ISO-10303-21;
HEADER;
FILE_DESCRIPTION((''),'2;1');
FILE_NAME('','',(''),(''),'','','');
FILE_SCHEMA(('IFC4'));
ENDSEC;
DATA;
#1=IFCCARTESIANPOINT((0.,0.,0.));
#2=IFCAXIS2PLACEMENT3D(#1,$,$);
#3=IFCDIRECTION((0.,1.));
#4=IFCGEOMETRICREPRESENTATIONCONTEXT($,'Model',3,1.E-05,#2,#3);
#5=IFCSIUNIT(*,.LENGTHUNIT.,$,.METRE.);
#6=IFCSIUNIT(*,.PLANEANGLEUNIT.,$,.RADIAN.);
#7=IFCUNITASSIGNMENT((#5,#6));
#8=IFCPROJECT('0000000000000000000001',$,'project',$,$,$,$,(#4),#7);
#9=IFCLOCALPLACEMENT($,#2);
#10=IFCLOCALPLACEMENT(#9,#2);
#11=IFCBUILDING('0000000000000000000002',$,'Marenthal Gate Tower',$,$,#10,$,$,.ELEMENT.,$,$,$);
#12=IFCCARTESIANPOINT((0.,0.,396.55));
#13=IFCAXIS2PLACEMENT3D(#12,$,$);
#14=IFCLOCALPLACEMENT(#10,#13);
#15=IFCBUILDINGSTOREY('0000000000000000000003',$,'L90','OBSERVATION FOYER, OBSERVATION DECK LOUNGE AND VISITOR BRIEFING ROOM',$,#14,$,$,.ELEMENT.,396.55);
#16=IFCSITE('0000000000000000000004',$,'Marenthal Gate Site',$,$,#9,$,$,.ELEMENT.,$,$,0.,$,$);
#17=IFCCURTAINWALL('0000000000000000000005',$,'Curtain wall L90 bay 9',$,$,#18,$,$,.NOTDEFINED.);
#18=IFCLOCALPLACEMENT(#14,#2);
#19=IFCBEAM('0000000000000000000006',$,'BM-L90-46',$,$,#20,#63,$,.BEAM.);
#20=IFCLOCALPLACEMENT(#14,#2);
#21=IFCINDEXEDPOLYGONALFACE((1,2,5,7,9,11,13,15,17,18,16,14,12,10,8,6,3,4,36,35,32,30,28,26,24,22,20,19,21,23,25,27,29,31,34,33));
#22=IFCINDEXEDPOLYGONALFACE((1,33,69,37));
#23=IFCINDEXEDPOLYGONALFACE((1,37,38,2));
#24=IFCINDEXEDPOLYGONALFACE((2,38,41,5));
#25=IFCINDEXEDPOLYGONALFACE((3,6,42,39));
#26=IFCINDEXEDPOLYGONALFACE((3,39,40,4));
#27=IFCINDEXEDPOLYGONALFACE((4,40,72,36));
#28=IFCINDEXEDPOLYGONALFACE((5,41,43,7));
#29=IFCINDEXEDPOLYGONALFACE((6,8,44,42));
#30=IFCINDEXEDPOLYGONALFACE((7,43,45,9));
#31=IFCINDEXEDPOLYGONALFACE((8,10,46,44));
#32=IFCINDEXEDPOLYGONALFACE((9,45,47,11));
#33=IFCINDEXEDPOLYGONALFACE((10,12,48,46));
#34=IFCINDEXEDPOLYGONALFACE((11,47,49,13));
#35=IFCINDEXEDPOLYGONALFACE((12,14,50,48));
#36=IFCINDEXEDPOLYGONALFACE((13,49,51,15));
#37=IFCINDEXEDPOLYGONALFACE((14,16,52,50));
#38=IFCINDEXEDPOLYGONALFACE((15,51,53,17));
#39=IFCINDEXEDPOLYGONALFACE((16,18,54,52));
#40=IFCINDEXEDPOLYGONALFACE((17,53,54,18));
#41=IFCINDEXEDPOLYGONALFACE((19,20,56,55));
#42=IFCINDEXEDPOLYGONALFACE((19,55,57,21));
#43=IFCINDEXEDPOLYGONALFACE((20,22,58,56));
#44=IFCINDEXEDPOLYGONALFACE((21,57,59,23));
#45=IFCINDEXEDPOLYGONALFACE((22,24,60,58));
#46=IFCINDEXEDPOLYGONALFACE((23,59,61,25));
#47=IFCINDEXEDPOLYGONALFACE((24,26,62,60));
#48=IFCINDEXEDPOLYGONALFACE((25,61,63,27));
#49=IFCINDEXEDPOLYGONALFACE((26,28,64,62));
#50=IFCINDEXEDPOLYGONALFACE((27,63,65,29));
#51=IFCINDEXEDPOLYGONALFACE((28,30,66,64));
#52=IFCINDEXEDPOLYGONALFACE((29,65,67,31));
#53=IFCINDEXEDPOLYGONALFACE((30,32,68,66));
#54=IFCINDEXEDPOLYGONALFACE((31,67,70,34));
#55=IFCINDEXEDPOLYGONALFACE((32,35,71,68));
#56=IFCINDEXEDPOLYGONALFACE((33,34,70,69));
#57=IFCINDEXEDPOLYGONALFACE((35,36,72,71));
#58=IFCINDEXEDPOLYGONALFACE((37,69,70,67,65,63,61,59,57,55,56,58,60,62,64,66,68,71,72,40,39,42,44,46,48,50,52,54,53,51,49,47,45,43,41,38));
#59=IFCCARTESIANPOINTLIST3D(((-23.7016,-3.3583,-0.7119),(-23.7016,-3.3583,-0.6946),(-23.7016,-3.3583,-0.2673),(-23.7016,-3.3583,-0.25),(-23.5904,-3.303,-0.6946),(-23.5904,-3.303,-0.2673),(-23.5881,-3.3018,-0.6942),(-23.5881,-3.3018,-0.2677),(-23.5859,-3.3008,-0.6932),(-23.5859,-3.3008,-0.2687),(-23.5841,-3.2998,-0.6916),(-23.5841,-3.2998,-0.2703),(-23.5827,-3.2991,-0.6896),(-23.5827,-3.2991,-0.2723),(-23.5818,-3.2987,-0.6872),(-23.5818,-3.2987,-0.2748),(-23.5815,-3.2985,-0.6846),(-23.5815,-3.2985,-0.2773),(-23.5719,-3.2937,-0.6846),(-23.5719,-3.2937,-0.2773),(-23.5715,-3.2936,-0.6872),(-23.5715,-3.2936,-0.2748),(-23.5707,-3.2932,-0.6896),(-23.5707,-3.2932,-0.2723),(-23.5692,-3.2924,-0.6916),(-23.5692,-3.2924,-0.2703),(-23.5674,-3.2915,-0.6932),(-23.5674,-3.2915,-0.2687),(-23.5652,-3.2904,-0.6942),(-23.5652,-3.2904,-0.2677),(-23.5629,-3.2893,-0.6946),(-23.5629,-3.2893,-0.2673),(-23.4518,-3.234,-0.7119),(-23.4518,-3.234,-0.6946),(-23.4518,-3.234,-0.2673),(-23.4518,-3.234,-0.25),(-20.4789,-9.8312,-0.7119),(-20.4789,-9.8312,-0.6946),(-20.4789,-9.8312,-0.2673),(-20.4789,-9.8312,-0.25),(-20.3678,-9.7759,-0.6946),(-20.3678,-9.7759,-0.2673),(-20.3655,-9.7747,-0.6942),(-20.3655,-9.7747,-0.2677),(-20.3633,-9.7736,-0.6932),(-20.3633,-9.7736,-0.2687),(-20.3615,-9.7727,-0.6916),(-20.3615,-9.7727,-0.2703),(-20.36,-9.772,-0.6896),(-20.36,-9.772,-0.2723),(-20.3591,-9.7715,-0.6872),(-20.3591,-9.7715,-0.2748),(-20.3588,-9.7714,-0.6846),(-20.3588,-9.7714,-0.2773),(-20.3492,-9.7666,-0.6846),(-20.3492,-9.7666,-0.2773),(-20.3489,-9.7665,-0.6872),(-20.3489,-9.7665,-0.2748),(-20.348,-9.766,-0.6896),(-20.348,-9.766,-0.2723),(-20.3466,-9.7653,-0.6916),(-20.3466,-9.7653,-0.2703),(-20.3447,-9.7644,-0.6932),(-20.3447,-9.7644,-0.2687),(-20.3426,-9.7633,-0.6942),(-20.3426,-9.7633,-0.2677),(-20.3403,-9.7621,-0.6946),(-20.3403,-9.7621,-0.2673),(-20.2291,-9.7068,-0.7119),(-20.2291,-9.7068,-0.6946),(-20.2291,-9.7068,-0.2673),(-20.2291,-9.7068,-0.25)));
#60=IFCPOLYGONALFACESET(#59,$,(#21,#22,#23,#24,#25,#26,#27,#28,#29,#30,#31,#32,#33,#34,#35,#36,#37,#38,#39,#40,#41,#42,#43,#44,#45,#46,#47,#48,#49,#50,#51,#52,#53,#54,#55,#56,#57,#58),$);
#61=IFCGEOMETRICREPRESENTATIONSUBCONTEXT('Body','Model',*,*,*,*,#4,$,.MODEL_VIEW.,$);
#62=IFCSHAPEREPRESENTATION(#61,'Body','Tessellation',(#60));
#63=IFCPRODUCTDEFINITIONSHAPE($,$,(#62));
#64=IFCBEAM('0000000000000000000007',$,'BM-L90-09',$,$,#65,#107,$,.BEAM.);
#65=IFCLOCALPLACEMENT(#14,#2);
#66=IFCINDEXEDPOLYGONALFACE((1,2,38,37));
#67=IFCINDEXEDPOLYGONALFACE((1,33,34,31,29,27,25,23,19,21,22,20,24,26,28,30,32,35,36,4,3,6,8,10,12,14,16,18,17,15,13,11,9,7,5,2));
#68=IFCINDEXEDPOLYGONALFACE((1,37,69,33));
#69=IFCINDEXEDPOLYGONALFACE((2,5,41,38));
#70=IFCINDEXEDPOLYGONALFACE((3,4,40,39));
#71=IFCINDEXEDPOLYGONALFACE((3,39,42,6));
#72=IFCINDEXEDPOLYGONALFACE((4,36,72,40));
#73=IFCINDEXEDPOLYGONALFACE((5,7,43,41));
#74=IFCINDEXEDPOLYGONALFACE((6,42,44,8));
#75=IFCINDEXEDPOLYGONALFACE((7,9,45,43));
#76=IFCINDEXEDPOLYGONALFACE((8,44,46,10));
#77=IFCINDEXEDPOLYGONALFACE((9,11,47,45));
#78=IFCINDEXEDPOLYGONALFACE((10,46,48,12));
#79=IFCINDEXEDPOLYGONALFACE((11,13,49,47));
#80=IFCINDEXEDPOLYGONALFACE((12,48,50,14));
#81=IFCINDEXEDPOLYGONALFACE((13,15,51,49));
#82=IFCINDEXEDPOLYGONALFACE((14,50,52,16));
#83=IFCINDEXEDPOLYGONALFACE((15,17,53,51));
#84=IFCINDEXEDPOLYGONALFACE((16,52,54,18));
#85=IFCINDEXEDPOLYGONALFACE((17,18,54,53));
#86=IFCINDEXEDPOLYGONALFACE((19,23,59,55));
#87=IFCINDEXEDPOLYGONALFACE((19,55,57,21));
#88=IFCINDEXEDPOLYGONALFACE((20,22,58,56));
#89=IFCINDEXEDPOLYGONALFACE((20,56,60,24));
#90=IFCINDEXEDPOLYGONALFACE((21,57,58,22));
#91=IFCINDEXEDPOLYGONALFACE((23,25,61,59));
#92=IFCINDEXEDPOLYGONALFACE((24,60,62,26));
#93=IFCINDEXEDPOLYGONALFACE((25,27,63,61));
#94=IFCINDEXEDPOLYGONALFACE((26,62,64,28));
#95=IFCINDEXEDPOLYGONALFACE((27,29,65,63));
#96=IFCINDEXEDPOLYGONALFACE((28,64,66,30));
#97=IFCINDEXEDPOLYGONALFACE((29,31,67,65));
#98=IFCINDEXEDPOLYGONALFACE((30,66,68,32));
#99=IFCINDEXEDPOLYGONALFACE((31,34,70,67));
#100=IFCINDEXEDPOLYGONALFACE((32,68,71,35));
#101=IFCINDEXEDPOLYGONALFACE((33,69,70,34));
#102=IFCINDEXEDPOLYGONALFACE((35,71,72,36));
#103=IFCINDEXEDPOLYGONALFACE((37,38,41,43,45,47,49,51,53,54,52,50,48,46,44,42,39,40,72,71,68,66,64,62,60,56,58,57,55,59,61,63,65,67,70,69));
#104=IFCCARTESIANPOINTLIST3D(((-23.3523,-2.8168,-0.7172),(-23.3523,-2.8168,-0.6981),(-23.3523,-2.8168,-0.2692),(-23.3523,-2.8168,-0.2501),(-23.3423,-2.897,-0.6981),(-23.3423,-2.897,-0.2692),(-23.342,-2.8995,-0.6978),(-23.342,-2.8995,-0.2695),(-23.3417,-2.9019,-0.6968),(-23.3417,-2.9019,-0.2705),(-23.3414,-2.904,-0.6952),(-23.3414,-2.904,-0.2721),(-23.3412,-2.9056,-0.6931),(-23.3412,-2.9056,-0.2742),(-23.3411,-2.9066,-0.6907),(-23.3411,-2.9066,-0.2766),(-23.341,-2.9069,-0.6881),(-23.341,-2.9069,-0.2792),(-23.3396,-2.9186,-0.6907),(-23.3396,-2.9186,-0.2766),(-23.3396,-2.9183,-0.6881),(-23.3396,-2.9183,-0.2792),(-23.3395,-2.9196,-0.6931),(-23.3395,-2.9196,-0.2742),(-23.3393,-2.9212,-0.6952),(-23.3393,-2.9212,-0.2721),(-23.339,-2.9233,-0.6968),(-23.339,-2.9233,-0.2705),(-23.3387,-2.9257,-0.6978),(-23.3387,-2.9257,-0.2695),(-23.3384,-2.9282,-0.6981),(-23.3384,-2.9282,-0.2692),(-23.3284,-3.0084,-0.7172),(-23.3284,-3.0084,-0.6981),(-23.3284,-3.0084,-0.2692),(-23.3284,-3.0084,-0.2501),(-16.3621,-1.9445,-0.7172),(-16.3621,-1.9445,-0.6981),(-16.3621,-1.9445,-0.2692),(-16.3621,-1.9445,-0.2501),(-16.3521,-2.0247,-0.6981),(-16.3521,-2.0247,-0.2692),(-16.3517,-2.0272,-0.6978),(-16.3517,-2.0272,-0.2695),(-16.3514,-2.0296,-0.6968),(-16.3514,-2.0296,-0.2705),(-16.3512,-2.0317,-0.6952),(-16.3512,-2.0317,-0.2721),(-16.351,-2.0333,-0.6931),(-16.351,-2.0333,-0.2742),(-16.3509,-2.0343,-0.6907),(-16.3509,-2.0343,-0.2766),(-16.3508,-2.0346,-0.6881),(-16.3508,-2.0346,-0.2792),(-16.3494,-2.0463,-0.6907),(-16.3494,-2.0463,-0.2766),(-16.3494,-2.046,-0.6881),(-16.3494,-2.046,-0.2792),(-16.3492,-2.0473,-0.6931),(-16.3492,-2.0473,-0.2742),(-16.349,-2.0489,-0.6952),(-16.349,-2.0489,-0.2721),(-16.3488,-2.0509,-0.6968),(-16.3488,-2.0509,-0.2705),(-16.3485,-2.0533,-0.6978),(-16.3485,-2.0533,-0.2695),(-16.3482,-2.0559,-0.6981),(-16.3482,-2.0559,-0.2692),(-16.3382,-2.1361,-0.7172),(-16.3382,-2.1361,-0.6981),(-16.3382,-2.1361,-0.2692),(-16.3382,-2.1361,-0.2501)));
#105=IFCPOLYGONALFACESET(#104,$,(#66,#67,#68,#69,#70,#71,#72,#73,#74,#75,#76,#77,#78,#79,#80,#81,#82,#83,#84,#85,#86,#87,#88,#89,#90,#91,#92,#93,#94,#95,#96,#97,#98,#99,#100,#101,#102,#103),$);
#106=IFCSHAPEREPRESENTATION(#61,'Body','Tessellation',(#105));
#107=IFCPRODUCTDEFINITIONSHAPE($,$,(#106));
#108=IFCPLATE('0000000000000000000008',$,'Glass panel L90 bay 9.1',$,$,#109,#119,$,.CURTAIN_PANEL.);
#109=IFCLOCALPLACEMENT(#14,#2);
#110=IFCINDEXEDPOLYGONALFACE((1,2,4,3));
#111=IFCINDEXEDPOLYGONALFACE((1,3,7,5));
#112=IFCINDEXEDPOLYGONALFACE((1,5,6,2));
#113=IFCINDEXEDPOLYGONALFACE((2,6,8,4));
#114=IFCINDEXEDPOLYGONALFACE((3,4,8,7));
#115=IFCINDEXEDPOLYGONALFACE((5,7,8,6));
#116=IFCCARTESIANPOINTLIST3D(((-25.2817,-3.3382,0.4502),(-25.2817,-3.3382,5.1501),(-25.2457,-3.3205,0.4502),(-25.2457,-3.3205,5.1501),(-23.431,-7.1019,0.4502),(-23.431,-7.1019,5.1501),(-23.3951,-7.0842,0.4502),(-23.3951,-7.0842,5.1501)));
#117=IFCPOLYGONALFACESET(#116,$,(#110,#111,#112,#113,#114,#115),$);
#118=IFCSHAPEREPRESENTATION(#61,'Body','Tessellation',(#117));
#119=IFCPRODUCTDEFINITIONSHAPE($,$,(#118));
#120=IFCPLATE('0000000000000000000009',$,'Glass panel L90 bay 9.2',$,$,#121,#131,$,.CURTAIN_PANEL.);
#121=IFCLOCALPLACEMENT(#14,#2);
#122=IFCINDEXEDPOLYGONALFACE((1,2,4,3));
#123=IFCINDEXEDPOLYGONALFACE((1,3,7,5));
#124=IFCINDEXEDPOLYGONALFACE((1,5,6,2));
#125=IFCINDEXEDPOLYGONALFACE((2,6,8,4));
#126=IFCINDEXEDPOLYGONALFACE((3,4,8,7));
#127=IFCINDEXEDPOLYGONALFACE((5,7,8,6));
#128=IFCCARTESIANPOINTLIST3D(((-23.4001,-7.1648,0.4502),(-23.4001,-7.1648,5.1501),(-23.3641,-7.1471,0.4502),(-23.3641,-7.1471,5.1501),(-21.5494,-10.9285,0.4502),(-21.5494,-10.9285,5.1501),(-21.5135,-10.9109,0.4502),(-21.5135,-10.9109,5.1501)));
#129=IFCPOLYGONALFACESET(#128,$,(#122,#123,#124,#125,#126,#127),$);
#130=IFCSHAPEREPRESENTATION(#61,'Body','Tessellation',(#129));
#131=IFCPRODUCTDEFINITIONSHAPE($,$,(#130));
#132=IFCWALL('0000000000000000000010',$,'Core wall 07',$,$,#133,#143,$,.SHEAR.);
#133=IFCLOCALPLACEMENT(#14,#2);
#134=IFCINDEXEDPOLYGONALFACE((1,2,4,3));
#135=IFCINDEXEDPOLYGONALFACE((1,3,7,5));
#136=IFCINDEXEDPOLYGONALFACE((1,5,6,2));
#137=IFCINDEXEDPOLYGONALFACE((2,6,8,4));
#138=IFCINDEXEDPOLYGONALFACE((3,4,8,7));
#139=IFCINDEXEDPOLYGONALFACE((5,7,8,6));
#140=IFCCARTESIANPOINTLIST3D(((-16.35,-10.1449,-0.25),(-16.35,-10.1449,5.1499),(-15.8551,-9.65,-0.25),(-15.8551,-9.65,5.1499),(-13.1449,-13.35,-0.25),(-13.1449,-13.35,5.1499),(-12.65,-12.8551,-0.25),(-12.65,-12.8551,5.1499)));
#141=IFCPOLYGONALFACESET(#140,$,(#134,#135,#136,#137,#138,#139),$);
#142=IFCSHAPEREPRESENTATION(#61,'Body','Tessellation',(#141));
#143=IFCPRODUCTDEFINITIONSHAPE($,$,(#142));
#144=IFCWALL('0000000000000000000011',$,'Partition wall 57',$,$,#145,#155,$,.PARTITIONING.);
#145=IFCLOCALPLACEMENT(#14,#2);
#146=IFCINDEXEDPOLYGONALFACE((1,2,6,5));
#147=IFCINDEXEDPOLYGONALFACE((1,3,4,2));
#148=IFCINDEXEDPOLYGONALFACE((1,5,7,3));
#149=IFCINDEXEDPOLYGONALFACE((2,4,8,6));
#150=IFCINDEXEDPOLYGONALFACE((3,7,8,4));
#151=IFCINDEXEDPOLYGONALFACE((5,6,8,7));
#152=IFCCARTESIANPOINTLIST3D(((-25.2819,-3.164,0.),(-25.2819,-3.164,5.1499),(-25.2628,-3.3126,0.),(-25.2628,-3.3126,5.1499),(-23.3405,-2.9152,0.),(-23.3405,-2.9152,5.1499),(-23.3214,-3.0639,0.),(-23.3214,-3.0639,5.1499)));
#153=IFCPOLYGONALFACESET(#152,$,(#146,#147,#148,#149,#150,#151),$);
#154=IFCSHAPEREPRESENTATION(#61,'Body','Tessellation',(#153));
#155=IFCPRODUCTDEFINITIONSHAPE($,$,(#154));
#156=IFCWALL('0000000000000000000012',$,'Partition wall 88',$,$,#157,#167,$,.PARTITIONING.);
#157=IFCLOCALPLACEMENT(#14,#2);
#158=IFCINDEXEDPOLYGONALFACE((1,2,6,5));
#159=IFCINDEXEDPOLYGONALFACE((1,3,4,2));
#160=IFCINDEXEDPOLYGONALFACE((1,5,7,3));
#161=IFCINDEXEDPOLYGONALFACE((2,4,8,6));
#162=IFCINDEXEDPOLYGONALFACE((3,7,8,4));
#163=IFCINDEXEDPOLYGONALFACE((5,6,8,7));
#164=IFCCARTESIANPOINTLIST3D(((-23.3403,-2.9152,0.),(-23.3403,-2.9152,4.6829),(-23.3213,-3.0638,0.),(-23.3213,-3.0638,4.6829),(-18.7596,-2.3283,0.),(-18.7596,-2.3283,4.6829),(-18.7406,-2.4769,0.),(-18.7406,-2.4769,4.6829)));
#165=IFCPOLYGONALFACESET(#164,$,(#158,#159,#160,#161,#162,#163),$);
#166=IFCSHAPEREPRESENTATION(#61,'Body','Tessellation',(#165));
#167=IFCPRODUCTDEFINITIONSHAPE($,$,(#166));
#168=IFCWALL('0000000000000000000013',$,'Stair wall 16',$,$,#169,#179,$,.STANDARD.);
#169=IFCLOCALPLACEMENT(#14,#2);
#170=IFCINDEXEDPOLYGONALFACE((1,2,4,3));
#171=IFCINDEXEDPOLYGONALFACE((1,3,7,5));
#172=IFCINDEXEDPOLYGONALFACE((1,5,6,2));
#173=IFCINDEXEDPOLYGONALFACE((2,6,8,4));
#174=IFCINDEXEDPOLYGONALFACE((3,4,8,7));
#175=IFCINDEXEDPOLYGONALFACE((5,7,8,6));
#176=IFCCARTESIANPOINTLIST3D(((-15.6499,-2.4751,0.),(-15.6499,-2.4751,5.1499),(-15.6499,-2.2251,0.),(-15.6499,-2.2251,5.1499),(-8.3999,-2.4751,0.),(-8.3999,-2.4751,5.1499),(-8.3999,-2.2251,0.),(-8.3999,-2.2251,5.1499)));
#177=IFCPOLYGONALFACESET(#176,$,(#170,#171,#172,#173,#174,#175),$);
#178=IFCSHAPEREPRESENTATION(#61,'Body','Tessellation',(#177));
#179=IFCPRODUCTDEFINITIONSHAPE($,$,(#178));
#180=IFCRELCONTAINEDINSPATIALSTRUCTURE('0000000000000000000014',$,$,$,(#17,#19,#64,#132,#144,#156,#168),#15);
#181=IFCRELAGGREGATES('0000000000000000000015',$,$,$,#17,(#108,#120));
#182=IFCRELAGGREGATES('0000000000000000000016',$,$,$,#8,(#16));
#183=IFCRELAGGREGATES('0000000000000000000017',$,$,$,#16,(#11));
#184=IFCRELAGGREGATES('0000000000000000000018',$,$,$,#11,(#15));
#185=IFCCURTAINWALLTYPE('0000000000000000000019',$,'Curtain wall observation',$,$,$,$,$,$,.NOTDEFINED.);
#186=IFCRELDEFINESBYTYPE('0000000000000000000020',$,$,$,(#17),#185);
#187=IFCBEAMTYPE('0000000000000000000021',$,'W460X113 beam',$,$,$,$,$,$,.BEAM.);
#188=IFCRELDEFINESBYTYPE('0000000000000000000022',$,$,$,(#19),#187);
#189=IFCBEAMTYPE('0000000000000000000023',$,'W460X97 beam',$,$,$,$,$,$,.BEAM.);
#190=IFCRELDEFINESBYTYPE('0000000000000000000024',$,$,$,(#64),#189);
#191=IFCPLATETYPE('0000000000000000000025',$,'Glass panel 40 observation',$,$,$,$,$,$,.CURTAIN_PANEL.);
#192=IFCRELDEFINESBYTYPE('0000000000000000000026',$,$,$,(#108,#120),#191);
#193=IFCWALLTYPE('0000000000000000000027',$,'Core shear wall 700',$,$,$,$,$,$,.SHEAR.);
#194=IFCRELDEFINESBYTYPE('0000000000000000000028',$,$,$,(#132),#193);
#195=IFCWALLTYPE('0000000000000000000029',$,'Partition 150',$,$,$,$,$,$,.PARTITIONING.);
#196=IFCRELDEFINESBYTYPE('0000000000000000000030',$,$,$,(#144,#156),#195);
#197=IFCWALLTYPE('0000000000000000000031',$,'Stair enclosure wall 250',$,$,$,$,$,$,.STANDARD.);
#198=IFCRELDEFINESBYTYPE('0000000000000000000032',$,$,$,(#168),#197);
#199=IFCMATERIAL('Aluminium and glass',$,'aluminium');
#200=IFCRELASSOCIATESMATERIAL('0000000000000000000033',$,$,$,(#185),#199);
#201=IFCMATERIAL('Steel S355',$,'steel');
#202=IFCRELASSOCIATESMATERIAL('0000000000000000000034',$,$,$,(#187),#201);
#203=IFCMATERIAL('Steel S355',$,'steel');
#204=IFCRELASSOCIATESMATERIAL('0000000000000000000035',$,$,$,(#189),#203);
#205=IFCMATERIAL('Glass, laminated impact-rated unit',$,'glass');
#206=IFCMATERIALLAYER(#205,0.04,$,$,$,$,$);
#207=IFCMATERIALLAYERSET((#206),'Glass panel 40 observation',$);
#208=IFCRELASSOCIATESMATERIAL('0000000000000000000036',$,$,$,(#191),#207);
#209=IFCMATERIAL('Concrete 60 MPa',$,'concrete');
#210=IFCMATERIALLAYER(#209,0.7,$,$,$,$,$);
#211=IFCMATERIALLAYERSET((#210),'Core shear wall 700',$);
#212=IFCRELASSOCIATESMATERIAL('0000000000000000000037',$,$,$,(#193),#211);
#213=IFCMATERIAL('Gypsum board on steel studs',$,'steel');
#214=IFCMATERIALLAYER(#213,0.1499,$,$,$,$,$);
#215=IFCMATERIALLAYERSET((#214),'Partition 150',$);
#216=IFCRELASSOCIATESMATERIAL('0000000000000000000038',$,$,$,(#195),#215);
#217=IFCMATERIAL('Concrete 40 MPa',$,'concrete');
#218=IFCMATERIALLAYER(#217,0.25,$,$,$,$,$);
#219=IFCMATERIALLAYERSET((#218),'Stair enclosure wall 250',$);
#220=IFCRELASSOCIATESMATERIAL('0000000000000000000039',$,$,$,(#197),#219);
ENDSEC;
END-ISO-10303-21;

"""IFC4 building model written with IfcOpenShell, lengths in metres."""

from ifc_helpers import new_model, si_unit, direction, frame, frame_2d, origin, origin_2d, place, context, subcontext, project, spatial, rectangle, i_section, extrude, material, layer, layer_set, material_profile, profile_set, type_object, element, aggregate, save


model = new_model("IFC4")

# Units and contexts
model_context = context("Model", 3, precision=1e-05, world=origin(), true_north=direction((0.0, 1.0)))
body_context = subcontext(model_context, "Body", "Model", "MODEL_VIEW")
ifc_project = project(units=[si_unit("LENGTHUNIT", "METRE"), si_unit("PLANEANGLEUNIT", "RADIAN")], contexts=[model_context])

# Site, building, storey
site_placement = place(None, origin())
site = spatial("IfcSite", under=ifc_project, at=site_placement, Name="Marenthal Gate Site", CompositionType="ELEMENT", RefElevation=0.0)
building_placement = place(site_placement, origin())
building = spatial("IfcBuilding", under=site, at=building_placement, Name="Marenthal Gate Tower", CompositionType="ELEMENT")
storey_placement = place(building_placement, frame((0.0, 0.0, 396.55)))
storey = spatial("IfcBuildingStorey", under=building, at=storey_placement, Name="L90", Description="OBSERVATION FOYER, OBSERVATION DECK LOUNGE AND VISITOR BRIEFING ROOM", CompositionType="ELEMENT", Elevation=396.55)

# Shared definitions
ifc_material_1 = material(Name="Aluminium and glass", Category="aluminium")
curtain_wall_type = type_object("IfcCurtainWallType", Name="Curtain wall observation", PredefinedType="NOTDEFINED", material=ifc_material_1)

# Curtain wall
curtain_wall_1_placement = place(storey_placement, origin())
curtain_wall_1 = element("IfcCurtainWall", 1, at=curtain_wall_1_placement, inside=storey, type_object=curtain_wall_type, Name="Curtain wall L90 bay 9", PredefinedType="NOTDEFINED")

# Beams
ifc_material_2 = material(Name="Steel S355", Category="steel")
ifc_material_profile_1 = material_profile(ifc_material_2, i_section(OverallWidth=0.2791, OverallDepth=0.4619, WebThickness=0.0107, FlangeThickness=0.0173, FilletRadius=0.01, at=origin_2d()), Name="W460X113")
ifc_profile_set_1 = profile_set([ifc_material_profile_1], Name="Steel S355")
beam_type_1 = type_object("IfcBeamType", Name="W460X113 beam", PredefinedType="BEAM", material=ifc_profile_set_1)
beam_1_placement = place(storey_placement, frame((-23.5767, -3.2961, -0.481), z_axis=(0.445687, -0.895189, 0.0), x_axis=(0.895189, 0.445687, 0.0)))
element("IfcBeam", 2, at=beam_1_placement, inside=storey, type_object=beam_type_1, Name="BM-L90-46", PredefinedType="BEAM", context=body_context, shape_type="SweptSolid", body=[
    extrude(i_section(OverallWidth=0.2791, OverallDepth=0.4619, WebThickness=0.0107, FlangeThickness=0.0173, FilletRadius=0.01, at=origin_2d()), origin(), (0.0, 0.0, 1.0), 7.2307),
])
ifc_material_3 = material(Name="Steel S355", Category="steel")
ifc_material_profile_2 = material_profile(ifc_material_3, i_section(OverallWidth=0.1931, OverallDepth=0.467, WebThickness=0.0115, FlangeThickness=0.019, FilletRadius=0.01, at=origin_2d()), Name="W460X97")
ifc_profile_set_2 = profile_set([ifc_material_profile_2], Name="Steel S355")
beam_type_2 = type_object("IfcBeamType", Name="W460X97 beam", PredefinedType="BEAM", material=ifc_profile_set_2)
beam_2_placement = place(storey_placement, frame((-23.3403, -2.9126, -0.4836), z_axis=(0.992303, 0.12383, 0.0), x_axis=(-0.12383, 0.992303, 0.0)))
element("IfcBeam", 3, at=beam_2_placement, inside=storey, type_object=beam_type_2, Name="BM-L90-09", PredefinedType="BEAM", context=body_context, shape_type="SweptSolid", body=[
    extrude(i_section(OverallWidth=0.1931, OverallDepth=0.467, WebThickness=0.0115, FlangeThickness=0.019, FilletRadius=0.01, at=origin_2d()), origin(), (0.0, 0.0, 1.0), 7.0444),
])

# Plates
ifc_material_4 = material(Name="Glass, laminated impact-rated unit", Category="glass")
ifc_layer_1 = layer(ifc_material_4, 0.04)
ifc_layer_set_1 = layer_set([ifc_layer_1], Name="Glass panel 40 observation")
plate_type = type_object("IfcPlateType", Name="Glass panel 40 observation", PredefinedType="CURTAIN_PANEL", material=ifc_layer_set_1)
plate_1_placement = place(storey_placement, frame((-24.3384, -5.2112, 0.4502), z_axis=(0.0, 0.0, 1.0), x_axis=(0.441247, -0.897386, 0.0)))
plate_1 = element("IfcPlate", 4, at=plate_1_placement, type_object=plate_type, Name="Glass panel L90 bay 9.1", PredefinedType="CURTAIN_PANEL", context=body_context, shape_type="SweptSolid", body=[
    extrude(rectangle(XDim=4.1941, YDim=0.04, at=origin_2d()), origin(), (0.0, 0.0, 1.0), 4.7),
])
plate_2_placement = place(storey_placement, frame((-22.4568, -9.0378, 0.4502), z_axis=(0.0, 0.0, 1.0), x_axis=(0.441247, -0.897386, 0.0)))
plate_2 = element("IfcPlate", 5, at=plate_2_placement, type_object=plate_type, Name="Glass panel L90 bay 9.2", PredefinedType="CURTAIN_PANEL", context=body_context, shape_type="SweptSolid", body=[
    extrude(rectangle(XDim=4.1941, YDim=0.04, at=origin_2d()), origin(), (0.0, 0.0, 1.0), 4.7),
])
aggregate(curtain_wall_1, [plate_1, plate_2])

# Walls
ifc_material_5 = material(Name="Concrete 60 MPa", Category="concrete")
ifc_layer_2 = layer(ifc_material_5, 0.7)
ifc_layer_set_2 = layer_set([ifc_layer_2], Name="Core shear wall 700")
wall_type_1 = type_object("IfcWallType", Name="Core shear wall 700", PredefinedType="SHEAR", material=ifc_layer_set_2)
wall_1_placement = place(storey_placement, frame((-16.1025, -9.8975, -0.25), z_axis=(0.0, 0.0, 1.0), x_axis=(0.707107, -0.707107, 0.0)))
element("IfcWall", 6, at=wall_1_placement, inside=storey, type_object=wall_type_1, Name="Core wall 07", PredefinedType="SHEAR", context=body_context, shape_type="SweptSolid", body=[
    extrude(rectangle(XDim=4.5327, YDim=0.7, at=frame_2d((2.2664, 0.0))), origin(), (0.0, 0.0, 1.0), 5.3999),
])
ifc_material_6 = material(Name="Gypsum board on steel studs", Category="steel")
ifc_layer_3 = layer(ifc_material_6, 0.1499)
ifc_layer_set_3 = layer_set([ifc_layer_3], Name="Partition 150")
wall_type_2 = type_object("IfcWallType", Name="Partition 150", PredefinedType="PARTITIONING", material=ifc_layer_set_3)
wall_2_placement = place(storey_placement, frame((-25.2722, -3.2383, 0.0), z_axis=(0.0, 0.0, 1.0), x_axis=(0.991889, 0.127105, 0.0)))
element("IfcWall", 7, at=wall_2_placement, inside=storey, type_object=wall_type_2, Name="Partition wall 57", PredefinedType="PARTITIONING", context=body_context, shape_type="SweptSolid", body=[
    extrude(rectangle(XDim=1.9573, YDim=0.1499, at=frame_2d((0.9785, 0.0))), origin(), (0.0, 0.0, 1.0), 5.1499),
])
wall_3_placement = place(storey_placement, frame((-23.3308, -2.9895, 0.0), z_axis=(0.0, 0.0, 1.0), x_axis=(0.991892, 0.127086, 0.0)))
element("IfcWall", 8, at=wall_3_placement, inside=storey, type_object=wall_type_2, Name="Partition wall 88", PredefinedType="PARTITIONING", context=body_context, shape_type="SweptSolid", body=[
    extrude(rectangle(XDim=4.6182, YDim=0.1499, at=frame_2d((2.3091, 0.0))), origin(), (0.0, 0.0, 1.0), 4.6829),
])
ifc_material_7 = material(Name="Concrete 40 MPa", Category="concrete")
ifc_layer_4 = layer(ifc_material_7, 0.25)
ifc_layer_set_4 = layer_set([ifc_layer_4], Name="Stair enclosure wall 250")
wall_type_3 = type_object("IfcWallType", Name="Stair enclosure wall 250", PredefinedType="STANDARD", material=ifc_layer_set_4)
wall_4_placement = place(storey_placement, frame((-15.6499, -2.3501, 0.0), z_axis=(0.0, 0.0, 1.0), x_axis=(1.0, 0.0, 0.0)))
element("IfcWall", 9, at=wall_4_placement, inside=storey, type_object=wall_type_3, Name="Stair wall 16", PredefinedType="STANDARD", context=body_context, shape_type="SweptSolid", body=[
    extrude(rectangle(XDim=7.25, YDim=0.25, at=frame_2d((3.625, 0.0))), origin(), (0.0, 0.0, 1.0), 5.1499),
])

save(model, "model.ifc")
